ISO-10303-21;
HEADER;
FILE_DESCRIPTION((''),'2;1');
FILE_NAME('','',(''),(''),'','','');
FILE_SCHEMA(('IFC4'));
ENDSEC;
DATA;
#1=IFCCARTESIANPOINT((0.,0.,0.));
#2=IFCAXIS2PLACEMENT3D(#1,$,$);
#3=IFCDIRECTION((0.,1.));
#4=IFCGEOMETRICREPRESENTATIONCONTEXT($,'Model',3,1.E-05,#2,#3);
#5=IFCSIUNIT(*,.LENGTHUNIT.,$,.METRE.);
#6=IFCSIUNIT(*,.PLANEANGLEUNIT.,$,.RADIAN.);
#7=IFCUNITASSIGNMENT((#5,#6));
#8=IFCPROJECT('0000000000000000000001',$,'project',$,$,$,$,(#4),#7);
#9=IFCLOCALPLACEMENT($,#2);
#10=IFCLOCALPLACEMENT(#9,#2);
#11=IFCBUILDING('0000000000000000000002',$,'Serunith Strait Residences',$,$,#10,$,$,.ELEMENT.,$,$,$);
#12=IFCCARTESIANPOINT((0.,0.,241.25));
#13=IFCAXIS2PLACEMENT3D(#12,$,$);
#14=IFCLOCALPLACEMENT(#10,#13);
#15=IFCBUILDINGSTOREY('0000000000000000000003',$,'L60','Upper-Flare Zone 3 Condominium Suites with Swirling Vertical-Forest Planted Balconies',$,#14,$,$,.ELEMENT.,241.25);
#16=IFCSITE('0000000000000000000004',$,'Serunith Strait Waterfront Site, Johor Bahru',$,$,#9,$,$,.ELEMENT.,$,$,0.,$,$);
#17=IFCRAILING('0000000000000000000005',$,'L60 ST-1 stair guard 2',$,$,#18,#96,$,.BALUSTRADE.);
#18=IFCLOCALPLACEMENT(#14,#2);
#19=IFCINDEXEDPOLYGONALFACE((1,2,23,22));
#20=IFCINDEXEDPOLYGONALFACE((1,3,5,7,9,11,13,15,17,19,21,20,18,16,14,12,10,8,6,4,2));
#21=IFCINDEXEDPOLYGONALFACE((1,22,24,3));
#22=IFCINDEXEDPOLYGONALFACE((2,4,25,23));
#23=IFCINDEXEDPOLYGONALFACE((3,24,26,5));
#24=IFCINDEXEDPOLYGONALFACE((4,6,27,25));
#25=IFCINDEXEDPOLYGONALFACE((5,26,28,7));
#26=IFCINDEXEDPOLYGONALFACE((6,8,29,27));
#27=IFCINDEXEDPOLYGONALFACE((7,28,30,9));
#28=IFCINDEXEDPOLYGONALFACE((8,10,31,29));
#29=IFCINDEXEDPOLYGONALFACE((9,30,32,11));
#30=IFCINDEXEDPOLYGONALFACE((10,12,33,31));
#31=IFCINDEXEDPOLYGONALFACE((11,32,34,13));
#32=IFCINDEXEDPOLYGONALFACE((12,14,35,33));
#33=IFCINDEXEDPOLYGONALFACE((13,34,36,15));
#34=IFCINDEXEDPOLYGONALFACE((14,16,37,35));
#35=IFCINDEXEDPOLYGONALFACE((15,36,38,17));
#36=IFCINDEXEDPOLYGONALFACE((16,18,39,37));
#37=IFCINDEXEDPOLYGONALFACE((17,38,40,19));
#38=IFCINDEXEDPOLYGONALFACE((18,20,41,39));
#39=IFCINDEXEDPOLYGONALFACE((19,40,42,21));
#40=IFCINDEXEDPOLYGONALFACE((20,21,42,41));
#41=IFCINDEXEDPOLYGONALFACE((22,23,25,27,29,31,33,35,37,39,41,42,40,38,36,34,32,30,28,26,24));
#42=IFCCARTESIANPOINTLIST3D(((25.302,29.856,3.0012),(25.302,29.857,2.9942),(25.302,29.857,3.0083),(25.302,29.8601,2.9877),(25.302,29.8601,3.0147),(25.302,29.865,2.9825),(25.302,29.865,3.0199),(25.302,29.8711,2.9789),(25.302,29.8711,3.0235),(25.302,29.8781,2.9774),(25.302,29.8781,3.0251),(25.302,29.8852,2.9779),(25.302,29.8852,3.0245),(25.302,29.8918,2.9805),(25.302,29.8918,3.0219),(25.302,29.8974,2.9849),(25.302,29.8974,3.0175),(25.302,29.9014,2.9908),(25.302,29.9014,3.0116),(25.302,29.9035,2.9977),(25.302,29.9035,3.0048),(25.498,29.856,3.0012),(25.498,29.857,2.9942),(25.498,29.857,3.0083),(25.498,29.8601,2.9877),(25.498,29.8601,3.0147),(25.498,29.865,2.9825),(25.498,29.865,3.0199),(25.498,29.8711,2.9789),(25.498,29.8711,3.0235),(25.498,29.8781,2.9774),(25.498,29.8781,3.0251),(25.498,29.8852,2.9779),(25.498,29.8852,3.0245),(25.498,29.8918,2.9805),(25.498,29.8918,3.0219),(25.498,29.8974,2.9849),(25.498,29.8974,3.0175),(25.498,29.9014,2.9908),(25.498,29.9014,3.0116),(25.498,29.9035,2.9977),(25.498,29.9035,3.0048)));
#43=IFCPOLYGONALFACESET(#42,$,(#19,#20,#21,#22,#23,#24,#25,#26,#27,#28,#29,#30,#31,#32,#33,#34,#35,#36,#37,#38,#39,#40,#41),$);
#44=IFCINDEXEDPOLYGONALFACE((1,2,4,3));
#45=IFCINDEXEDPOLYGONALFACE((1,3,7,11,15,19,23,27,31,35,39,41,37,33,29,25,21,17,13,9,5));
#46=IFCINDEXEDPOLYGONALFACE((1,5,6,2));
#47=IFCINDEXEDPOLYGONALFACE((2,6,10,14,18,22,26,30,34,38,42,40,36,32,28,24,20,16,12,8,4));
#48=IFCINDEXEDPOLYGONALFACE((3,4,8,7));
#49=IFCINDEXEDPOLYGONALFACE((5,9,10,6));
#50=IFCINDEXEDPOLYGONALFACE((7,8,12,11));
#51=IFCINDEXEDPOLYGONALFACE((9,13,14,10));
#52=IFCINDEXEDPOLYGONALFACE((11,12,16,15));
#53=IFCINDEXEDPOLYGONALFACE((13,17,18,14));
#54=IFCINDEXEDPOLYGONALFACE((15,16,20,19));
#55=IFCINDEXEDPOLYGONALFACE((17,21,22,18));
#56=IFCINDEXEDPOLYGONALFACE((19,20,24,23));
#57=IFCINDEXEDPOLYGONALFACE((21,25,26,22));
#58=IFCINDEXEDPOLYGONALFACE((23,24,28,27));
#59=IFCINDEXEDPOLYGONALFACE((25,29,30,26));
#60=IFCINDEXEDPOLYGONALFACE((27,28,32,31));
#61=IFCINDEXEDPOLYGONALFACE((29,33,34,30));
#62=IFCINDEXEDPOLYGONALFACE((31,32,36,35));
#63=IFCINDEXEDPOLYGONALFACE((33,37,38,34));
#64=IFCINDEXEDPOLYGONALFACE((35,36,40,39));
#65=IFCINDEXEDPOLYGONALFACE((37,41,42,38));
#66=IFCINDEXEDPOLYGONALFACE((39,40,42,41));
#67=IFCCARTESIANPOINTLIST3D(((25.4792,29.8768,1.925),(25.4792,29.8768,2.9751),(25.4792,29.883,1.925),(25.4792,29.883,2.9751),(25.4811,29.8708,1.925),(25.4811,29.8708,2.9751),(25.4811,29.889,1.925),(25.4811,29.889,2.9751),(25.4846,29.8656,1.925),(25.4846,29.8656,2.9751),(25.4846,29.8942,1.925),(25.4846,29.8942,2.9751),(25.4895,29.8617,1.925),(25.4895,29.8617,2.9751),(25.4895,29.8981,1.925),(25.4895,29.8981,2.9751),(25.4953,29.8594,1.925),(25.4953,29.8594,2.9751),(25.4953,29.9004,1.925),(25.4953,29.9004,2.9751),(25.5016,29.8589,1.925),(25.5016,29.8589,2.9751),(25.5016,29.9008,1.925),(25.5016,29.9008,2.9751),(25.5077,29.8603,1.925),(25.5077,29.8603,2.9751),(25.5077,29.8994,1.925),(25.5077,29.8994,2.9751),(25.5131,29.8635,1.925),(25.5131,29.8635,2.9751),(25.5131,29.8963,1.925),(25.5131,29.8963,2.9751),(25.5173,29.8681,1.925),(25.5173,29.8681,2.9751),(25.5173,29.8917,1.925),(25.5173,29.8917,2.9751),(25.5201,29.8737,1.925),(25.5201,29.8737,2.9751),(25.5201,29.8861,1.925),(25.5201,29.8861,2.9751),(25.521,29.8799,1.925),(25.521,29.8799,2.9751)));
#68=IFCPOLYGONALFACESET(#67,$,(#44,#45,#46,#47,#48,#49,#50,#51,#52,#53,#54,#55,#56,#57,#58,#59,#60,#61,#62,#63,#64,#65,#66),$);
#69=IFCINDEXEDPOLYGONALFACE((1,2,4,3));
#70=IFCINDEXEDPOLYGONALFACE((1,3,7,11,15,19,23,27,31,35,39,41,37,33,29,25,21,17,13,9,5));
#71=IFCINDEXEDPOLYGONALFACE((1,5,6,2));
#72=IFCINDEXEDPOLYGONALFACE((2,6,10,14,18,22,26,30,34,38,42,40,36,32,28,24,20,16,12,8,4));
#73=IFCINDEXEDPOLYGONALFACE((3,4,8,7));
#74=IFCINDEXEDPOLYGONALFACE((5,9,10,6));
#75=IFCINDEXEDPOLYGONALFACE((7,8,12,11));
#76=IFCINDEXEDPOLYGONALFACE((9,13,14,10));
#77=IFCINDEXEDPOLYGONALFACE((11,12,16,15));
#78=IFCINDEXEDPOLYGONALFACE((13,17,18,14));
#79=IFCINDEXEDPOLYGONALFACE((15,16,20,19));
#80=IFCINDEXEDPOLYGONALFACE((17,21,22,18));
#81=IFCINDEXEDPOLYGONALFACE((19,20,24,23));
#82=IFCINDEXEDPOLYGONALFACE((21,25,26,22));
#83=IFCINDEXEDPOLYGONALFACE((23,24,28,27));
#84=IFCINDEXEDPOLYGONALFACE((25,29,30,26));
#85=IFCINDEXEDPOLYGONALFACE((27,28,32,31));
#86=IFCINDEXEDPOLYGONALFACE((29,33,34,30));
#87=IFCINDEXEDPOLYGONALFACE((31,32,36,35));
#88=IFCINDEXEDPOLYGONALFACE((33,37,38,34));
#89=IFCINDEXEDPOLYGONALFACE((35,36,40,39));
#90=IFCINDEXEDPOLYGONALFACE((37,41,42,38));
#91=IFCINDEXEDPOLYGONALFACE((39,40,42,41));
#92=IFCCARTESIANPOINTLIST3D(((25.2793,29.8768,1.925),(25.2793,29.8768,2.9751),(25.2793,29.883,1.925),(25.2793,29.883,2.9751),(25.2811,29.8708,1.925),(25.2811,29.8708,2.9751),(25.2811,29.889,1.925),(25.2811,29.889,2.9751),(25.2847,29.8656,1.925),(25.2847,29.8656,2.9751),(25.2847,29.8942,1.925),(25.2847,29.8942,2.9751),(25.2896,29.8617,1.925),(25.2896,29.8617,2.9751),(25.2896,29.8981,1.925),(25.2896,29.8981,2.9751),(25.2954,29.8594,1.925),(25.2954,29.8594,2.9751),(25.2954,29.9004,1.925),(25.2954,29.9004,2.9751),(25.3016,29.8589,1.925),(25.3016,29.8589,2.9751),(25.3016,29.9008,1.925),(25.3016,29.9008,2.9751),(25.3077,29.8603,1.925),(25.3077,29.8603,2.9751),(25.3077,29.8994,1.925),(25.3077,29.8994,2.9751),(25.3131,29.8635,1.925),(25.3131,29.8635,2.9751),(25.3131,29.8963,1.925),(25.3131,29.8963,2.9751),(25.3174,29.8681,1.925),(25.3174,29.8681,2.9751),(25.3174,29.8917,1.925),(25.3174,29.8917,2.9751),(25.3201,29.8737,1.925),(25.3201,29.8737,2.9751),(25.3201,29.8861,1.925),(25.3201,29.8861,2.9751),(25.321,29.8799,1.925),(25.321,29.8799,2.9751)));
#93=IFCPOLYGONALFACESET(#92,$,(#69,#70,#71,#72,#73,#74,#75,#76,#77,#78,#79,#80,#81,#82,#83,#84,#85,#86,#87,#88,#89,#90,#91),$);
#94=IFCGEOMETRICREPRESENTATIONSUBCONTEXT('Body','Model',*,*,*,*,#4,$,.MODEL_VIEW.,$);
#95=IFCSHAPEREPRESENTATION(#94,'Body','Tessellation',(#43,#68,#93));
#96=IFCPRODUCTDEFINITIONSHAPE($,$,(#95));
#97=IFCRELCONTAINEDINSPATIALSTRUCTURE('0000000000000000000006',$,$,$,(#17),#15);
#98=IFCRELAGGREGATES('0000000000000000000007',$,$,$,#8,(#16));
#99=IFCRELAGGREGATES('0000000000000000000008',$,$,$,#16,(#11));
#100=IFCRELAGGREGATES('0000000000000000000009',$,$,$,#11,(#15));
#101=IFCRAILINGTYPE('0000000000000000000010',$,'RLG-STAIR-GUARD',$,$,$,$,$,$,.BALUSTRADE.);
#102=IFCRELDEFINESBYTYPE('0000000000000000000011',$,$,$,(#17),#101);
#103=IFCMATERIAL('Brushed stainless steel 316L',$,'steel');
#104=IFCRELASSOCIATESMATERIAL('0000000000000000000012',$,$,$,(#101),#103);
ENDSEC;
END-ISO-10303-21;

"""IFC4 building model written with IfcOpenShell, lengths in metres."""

from ifc_helpers import new_model, si_unit, direction, frame, origin, origin_2d, place, context, subcontext, project, spatial, circle, extrude, material, type_object, element, save


model = new_model("IFC4")

# Units and contexts
model_context = context("Model", 3, precision=1e-05, world=origin(), true_north=direction((0.0, 1.0)))
body_context = subcontext(model_context, "Body", "Model", "MODEL_VIEW")
ifc_project = project(units=[si_unit("LENGTHUNIT", "METRE"), si_unit("PLANEANGLEUNIT", "RADIAN")], contexts=[model_context])

# Site, building, storey
site_placement = place(None, origin())
site = spatial("IfcSite", under=ifc_project, at=site_placement, Name="Serunith Strait Waterfront Site, Johor Bahru", CompositionType="ELEMENT", RefElevation=0.0)
building_placement = place(site_placement, origin())
building = spatial("IfcBuilding", under=site, at=building_placement, Name="Serunith Strait Residences", CompositionType="ELEMENT")
storey_placement = place(building_placement, frame((0.0, 0.0, 241.25)))
storey = spatial("IfcBuildingStorey", under=building, at=storey_placement, Name="L60", Description="Upper-Flare Zone 3 Condominium Suites with Swirling Vertical-Forest Planted Balconies", CompositionType="ELEMENT", Elevation=241.25)

# Railing
ifc_material_1 = material(Name="Brushed stainless steel 316L", Category="steel")
railing_type_1 = type_object("IfcRailingType", Name="RLG-STAIR-GUARD", PredefinedType="BALUSTRADE", material=ifc_material_1)
railing_1_placement = place(storey_placement, frame((25.5, 29.8799, 1.925)))
element("IfcRailing", 1, at=railing_1_placement, inside=storey, type_object=railing_type_1, Name="L60 ST-1 stair guard 2", PredefinedType="BALUSTRADE", context=body_context, shape_type="SweptSolid", body=[
    extrude(circle(Radius=0.0239, at=origin_2d()), frame((-0.002, 0.0, 1.0762), z_axis=(-1.0, 0.0, 0.0), x_axis=(0.0, -1.0, 0.0)), (0.0, 0.0, 1.0), 0.196),
    extrude(circle(Radius=0.021, at=origin_2d()), origin(), (0.0, 0.0, 1.0), 1.05),
    extrude(circle(Radius=0.021, at=origin_2d()), frame((-0.2, 0.0, 0.0)), (0.0, 0.0, 1.0), 1.05),
])

save(model, "model.ifc")
